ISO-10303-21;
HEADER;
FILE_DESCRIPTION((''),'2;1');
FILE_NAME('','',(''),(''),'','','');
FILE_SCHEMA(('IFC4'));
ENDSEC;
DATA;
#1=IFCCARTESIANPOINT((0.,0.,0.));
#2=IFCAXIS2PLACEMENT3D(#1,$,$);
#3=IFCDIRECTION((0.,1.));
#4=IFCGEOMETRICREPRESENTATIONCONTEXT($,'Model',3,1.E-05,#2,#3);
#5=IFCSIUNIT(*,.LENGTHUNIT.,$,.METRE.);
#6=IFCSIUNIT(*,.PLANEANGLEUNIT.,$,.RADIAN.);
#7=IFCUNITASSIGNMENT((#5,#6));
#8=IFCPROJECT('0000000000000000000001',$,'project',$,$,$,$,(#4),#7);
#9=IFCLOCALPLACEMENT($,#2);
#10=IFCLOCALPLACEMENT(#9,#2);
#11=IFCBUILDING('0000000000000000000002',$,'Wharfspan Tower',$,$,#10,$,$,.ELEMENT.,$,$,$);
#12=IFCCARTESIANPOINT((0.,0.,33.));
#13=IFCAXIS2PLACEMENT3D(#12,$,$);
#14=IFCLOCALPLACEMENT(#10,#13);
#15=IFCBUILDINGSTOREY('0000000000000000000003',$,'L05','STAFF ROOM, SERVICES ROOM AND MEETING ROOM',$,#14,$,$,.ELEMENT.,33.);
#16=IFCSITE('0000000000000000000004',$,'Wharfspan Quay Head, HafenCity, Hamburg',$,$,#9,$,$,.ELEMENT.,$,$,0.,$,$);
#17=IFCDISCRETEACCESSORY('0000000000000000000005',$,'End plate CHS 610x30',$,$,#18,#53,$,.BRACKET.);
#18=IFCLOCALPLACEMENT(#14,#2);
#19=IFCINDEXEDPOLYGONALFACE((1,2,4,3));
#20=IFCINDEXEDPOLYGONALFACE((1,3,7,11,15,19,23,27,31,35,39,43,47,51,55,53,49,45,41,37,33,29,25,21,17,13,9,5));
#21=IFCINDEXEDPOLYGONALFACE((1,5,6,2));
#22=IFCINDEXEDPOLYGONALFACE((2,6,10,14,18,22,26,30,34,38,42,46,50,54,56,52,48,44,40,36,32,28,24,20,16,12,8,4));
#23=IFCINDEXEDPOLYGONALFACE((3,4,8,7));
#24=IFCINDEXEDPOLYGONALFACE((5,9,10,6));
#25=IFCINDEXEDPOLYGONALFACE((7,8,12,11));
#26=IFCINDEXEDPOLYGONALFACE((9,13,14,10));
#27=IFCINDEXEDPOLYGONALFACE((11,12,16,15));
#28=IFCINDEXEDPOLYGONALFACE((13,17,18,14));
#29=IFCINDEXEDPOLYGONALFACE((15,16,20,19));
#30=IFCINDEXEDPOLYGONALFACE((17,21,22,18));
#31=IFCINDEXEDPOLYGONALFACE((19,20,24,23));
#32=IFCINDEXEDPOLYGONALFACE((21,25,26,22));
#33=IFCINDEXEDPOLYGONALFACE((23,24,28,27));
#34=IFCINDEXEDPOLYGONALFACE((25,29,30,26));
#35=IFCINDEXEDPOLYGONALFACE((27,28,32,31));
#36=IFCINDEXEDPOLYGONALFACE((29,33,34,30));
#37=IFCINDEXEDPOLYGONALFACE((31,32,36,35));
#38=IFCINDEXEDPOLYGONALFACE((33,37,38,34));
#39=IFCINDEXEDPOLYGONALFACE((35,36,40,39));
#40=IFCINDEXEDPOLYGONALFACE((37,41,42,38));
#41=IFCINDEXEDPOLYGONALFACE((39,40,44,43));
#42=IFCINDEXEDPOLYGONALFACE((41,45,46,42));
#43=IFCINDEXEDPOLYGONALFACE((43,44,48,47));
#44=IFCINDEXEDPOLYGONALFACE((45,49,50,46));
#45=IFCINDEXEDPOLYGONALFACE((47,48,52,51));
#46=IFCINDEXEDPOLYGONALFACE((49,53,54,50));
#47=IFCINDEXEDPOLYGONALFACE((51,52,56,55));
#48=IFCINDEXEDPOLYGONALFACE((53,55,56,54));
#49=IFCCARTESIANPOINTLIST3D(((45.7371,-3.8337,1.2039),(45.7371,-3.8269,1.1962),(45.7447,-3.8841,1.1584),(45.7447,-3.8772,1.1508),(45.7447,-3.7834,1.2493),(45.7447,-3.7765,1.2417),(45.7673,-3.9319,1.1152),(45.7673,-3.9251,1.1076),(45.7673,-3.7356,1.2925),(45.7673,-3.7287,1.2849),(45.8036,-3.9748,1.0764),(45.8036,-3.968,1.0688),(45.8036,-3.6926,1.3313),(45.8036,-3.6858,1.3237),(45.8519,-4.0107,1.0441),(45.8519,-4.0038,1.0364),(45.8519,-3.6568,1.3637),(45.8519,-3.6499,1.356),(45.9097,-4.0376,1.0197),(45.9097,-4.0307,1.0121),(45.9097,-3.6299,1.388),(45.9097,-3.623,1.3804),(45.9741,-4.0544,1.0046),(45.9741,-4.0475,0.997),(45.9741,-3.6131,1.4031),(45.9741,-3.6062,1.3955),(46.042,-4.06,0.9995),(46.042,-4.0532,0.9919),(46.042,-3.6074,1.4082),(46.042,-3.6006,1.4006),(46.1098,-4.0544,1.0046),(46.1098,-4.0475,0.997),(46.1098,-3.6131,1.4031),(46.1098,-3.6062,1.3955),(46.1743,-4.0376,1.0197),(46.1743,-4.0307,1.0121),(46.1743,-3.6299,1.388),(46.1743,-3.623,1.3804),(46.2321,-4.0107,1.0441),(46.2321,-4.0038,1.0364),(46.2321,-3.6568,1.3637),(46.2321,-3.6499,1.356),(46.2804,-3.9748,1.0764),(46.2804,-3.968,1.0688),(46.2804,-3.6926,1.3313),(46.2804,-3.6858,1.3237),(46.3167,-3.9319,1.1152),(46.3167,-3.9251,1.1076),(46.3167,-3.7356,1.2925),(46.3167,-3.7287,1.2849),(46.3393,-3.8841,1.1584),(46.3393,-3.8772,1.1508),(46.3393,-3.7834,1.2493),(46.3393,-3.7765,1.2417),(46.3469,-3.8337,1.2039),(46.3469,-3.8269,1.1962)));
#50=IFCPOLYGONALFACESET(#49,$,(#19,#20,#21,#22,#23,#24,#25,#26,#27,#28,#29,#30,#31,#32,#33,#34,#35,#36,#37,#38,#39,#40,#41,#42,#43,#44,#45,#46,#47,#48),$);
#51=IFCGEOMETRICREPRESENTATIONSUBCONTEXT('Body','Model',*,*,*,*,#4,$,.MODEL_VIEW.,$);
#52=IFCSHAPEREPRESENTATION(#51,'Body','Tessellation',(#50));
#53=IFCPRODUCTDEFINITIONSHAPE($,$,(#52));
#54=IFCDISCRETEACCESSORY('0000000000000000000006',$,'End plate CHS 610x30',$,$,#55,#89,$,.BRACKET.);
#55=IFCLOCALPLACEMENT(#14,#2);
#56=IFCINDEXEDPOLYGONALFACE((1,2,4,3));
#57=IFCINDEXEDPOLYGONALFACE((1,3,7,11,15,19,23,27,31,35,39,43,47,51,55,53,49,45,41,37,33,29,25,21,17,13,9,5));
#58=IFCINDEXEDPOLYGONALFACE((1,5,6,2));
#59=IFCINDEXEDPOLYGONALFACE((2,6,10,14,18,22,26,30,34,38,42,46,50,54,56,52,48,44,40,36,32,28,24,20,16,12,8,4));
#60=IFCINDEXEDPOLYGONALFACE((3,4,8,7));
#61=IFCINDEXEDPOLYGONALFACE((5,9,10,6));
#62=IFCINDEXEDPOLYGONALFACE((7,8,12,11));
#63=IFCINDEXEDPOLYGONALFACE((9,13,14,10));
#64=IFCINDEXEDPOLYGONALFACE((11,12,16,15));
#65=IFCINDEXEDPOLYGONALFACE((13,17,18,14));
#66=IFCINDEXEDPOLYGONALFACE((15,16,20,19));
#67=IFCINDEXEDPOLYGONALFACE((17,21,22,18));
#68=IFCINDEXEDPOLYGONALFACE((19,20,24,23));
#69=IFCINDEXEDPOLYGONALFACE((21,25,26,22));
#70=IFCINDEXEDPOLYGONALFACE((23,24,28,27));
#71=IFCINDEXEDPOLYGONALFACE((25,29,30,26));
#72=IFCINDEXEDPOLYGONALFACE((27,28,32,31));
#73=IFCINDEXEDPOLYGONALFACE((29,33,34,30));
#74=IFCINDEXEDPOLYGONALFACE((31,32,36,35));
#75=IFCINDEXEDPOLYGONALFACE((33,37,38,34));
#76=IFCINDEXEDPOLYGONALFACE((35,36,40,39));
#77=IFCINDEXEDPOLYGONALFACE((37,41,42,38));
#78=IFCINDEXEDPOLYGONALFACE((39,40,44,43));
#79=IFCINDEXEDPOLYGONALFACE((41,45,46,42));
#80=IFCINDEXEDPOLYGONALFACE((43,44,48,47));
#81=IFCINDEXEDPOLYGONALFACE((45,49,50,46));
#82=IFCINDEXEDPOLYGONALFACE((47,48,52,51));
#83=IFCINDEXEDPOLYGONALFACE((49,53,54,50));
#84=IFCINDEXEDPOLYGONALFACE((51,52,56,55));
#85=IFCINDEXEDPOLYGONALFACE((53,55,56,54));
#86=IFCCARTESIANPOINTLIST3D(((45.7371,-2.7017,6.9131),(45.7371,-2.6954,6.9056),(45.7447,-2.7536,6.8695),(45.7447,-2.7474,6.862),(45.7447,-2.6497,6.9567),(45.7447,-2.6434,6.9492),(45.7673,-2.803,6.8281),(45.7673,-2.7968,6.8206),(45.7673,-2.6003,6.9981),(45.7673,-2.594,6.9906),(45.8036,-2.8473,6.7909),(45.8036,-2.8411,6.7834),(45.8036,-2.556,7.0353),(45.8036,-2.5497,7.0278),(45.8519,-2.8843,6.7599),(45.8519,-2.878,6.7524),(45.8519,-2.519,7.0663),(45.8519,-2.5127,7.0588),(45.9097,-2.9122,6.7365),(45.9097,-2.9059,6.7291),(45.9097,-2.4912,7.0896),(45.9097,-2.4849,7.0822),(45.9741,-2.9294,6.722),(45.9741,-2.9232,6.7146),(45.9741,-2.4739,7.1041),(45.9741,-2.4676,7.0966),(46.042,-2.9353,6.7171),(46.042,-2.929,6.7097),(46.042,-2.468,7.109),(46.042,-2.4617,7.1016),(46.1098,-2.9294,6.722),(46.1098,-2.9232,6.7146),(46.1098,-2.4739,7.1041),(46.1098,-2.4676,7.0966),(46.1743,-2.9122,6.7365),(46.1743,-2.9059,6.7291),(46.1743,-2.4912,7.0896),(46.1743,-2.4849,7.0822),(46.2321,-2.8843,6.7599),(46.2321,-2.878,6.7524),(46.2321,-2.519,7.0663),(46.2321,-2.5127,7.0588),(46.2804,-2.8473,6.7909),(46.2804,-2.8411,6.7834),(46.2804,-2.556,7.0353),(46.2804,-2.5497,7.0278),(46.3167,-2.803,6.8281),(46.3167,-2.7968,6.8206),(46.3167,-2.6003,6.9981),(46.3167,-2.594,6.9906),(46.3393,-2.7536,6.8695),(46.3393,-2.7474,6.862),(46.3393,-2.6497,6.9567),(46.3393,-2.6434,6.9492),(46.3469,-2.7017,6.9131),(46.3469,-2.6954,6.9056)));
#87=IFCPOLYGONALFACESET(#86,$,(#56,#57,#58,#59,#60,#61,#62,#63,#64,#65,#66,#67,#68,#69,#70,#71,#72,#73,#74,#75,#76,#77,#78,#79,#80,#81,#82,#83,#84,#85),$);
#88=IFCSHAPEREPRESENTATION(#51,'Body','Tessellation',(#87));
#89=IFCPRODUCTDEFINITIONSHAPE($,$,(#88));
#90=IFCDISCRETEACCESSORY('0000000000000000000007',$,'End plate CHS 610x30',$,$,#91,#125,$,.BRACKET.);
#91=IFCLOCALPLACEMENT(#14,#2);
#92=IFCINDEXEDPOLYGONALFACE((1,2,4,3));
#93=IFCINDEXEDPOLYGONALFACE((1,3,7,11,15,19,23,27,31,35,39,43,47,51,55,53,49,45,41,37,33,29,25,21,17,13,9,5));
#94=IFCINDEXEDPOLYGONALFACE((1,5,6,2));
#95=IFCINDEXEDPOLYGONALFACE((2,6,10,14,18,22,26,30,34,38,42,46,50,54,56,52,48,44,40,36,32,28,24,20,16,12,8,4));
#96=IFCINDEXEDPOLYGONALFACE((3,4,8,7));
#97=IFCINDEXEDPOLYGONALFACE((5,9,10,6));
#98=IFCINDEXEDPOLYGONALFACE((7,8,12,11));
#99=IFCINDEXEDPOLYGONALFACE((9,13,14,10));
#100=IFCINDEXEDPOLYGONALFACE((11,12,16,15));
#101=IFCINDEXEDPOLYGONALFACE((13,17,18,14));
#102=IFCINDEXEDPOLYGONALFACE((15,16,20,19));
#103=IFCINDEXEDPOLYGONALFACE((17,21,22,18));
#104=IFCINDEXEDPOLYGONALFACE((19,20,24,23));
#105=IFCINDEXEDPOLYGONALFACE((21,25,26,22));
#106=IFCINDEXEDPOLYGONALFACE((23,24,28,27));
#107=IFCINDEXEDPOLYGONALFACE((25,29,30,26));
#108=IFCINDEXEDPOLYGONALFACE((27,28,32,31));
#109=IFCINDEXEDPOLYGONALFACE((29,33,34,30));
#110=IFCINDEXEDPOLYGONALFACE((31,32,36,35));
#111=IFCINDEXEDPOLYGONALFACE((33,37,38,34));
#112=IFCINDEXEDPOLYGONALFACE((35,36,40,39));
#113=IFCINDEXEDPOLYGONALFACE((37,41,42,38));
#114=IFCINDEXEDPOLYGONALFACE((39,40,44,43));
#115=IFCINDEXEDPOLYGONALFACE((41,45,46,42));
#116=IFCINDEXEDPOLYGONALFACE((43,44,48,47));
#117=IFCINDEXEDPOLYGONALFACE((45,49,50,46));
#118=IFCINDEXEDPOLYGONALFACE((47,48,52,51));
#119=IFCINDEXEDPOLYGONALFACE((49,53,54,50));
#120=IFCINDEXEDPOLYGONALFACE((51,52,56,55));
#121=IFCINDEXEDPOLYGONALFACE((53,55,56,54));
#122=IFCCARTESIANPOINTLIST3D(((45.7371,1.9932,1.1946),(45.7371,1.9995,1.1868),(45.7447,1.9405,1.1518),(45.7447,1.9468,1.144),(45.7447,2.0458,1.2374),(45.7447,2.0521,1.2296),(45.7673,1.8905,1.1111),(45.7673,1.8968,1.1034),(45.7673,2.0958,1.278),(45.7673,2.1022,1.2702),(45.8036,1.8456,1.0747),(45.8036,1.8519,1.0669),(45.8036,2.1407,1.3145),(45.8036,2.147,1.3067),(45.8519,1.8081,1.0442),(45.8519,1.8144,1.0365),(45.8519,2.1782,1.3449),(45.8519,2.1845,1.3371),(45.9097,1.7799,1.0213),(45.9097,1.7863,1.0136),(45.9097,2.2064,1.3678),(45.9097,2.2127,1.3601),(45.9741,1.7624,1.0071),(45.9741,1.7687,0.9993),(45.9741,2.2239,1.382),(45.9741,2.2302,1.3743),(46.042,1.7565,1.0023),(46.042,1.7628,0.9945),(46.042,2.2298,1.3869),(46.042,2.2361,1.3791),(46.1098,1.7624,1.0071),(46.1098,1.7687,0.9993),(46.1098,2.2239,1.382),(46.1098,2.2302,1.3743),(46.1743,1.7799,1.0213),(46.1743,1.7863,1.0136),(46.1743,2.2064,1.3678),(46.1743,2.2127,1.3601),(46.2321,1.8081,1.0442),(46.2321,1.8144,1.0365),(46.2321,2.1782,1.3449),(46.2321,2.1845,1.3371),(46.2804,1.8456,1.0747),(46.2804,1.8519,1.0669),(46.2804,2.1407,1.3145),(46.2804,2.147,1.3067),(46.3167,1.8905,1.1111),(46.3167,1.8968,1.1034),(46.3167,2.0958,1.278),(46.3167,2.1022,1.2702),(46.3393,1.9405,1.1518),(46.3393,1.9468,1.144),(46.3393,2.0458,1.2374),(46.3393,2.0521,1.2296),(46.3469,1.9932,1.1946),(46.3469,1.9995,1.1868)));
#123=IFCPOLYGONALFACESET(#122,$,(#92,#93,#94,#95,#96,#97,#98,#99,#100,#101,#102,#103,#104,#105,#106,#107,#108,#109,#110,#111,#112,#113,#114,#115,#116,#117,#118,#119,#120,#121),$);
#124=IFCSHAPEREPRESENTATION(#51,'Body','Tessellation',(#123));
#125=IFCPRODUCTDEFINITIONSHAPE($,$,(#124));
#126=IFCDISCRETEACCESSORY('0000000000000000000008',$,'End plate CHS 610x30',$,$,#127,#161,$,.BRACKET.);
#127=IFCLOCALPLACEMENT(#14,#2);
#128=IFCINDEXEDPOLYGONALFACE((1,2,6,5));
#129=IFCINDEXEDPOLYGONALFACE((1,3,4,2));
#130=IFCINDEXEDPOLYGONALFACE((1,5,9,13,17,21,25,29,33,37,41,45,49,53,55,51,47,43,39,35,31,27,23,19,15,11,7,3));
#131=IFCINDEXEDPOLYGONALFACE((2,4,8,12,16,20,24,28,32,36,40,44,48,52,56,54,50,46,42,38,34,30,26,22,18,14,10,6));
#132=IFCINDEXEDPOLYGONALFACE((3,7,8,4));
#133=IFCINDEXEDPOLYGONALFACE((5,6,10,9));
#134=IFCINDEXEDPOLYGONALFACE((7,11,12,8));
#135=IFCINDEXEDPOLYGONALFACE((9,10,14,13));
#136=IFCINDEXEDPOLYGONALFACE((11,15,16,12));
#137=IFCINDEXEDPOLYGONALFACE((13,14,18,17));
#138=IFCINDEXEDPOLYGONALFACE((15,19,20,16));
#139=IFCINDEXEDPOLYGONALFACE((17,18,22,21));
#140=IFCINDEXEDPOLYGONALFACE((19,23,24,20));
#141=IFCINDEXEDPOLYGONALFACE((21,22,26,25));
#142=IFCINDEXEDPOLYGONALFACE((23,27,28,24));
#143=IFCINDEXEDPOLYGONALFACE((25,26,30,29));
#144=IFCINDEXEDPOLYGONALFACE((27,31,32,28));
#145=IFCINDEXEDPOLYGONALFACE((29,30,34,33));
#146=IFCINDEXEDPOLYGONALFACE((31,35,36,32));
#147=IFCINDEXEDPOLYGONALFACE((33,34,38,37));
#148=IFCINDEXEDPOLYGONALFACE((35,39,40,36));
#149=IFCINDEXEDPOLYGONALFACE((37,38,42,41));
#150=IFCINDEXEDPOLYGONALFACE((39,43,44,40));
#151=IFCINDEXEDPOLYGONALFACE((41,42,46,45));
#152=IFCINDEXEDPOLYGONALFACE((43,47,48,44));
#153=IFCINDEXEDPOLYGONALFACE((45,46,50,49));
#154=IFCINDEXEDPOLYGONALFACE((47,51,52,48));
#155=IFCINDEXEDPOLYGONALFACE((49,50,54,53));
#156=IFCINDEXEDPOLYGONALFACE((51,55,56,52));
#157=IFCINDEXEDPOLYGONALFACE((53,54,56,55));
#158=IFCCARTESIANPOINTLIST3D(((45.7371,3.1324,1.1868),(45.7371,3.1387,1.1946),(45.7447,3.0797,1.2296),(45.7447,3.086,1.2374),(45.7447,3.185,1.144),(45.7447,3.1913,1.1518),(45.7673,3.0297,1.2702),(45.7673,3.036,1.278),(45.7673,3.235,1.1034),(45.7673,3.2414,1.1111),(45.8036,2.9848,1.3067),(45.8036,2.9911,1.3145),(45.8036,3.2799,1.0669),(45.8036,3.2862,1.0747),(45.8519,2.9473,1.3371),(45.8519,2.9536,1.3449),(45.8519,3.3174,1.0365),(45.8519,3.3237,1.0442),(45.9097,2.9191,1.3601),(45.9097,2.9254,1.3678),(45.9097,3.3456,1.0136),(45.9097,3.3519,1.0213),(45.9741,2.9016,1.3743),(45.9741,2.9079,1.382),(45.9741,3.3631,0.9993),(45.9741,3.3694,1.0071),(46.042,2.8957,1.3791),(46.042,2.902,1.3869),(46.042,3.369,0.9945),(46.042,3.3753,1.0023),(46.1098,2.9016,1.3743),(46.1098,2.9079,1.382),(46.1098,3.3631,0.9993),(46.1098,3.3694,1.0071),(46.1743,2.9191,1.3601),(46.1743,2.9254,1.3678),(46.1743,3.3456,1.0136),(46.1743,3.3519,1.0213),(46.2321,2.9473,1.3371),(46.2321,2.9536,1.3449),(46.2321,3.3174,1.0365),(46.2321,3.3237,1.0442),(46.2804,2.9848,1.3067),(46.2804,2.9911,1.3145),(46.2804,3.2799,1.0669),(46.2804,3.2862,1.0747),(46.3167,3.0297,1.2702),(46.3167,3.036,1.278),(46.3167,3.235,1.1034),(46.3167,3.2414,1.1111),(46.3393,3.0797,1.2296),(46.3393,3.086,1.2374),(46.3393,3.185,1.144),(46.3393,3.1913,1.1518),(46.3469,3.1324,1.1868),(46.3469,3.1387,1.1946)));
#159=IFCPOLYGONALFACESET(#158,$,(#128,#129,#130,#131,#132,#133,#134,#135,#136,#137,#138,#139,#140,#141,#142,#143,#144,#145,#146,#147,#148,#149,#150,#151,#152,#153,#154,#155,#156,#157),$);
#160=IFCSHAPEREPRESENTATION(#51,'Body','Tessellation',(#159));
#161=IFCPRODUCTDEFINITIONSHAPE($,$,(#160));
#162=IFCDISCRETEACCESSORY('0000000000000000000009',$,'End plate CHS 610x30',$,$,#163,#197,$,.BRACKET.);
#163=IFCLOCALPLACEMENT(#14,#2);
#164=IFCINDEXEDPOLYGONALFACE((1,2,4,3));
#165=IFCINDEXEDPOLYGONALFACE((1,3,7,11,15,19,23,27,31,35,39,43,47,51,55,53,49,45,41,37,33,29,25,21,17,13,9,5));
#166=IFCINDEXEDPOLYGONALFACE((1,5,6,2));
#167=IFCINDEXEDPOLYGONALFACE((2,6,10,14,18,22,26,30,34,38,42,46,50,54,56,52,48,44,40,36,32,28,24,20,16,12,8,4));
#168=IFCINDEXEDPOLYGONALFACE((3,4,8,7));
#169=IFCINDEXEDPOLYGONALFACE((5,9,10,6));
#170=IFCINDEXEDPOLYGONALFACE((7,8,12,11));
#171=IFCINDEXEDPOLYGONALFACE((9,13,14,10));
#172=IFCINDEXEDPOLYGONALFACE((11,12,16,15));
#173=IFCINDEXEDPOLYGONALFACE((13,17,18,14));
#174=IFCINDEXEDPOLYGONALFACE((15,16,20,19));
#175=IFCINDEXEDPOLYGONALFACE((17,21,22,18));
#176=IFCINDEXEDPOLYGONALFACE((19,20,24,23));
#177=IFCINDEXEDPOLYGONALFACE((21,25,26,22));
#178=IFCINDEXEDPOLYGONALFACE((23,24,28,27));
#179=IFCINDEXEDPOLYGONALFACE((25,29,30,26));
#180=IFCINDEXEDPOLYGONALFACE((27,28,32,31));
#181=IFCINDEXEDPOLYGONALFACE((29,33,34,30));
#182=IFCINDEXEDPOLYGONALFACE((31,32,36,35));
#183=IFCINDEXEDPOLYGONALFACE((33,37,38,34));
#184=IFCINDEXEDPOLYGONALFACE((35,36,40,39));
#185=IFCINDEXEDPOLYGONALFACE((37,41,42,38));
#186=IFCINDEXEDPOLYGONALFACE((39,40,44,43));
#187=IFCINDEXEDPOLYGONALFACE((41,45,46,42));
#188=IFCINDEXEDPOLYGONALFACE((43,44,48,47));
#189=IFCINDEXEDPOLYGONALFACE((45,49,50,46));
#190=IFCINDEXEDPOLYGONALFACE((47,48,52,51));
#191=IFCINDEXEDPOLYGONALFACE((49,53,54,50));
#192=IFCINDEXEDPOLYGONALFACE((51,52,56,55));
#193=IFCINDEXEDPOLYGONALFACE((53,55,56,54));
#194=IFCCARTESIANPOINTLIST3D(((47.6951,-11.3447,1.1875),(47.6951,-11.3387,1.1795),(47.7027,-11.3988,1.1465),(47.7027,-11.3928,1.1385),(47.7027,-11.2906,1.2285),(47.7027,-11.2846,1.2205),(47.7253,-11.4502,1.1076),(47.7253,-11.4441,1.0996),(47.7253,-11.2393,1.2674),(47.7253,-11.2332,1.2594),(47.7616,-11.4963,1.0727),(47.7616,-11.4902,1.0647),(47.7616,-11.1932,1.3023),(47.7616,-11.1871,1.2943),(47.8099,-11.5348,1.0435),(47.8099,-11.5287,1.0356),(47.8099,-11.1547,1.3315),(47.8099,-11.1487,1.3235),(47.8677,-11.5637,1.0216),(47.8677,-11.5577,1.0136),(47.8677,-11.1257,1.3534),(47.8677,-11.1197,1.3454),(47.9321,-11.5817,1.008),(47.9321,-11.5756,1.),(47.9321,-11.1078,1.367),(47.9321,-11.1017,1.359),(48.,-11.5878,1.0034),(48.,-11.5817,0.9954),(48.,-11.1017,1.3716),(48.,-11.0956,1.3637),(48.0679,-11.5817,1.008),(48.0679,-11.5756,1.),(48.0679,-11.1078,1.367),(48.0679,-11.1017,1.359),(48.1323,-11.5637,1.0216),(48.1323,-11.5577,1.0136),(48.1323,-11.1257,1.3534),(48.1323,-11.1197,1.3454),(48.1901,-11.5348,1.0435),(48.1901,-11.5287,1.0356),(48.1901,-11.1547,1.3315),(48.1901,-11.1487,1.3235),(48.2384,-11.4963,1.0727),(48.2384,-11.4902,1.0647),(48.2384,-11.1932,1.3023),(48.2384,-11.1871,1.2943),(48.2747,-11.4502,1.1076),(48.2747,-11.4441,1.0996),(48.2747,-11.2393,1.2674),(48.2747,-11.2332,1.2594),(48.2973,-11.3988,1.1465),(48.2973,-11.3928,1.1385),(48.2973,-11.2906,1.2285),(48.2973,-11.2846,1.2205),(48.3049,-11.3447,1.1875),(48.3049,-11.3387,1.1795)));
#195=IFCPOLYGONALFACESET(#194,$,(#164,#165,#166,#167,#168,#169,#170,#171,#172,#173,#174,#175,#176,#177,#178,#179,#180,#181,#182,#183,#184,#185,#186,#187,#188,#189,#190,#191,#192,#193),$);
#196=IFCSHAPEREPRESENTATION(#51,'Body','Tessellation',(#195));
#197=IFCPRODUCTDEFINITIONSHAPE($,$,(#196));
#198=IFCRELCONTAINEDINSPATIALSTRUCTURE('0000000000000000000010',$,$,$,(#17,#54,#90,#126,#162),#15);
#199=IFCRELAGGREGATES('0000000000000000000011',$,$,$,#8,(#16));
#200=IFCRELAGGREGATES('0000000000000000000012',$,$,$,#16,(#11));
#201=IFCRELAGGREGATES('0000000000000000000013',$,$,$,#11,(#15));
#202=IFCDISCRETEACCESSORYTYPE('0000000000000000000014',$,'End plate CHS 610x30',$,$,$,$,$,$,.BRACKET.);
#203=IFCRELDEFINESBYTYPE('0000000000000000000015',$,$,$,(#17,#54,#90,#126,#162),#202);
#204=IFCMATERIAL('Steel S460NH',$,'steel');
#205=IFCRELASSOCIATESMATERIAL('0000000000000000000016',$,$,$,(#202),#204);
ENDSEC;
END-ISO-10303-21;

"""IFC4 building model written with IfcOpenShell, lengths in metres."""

from ifc_helpers import new_model, si_unit, direction, frame, origin, origin_2d, place, context, subcontext, project, spatial, circle, extrude, material, material_profile, profile_set, type_object, element, save


model = new_model("IFC4")

# Units and contexts
model_context = context("Model", 3, precision=1e-05, world=origin(), true_north=direction((0.0, 1.0)))
body_context = subcontext(model_context, "Body", "Model", "MODEL_VIEW")
ifc_project = project(units=[si_unit("LENGTHUNIT", "METRE"), si_unit("PLANEANGLEUNIT", "RADIAN")], contexts=[model_context])

# Site, building, storey
site_placement = place(None, origin())
site = spatial("IfcSite", under=ifc_project, at=site_placement, Name="Wharfspan Quay Head, HafenCity, Hamburg", CompositionType="ELEMENT", RefElevation=0.0)
building_placement = place(site_placement, origin())
building = spatial("IfcBuilding", under=site, at=building_placement, Name="Wharfspan Tower", CompositionType="ELEMENT")
storey_placement = place(building_placement, frame((0.0, 0.0, 33.0)))
storey = spatial("IfcBuildingStorey", under=building, at=storey_placement, Name="L05", Description="STAFF ROOM, SERVICES ROOM AND MEETING ROOM", CompositionType="ELEMENT", Elevation=33.0)

# Shared definitions
ifc_material_1 = material(Name="Steel S460NH", Category="steel")

# Discrete accessories
ifc_material_profile_1 = material_profile(ifc_material_1, circle(Radius=0.3049, at=origin_2d()))
ifc_profile_set_1 = profile_set([ifc_material_profile_1], Name="Steel S460NH")
discrete_accessory_type_1 = type_object("IfcDiscreteAccessoryType", Name="End plate CHS 610x30", PredefinedType="BRACKET", material=ifc_profile_set_1)
discrete_accessory_1_placement = place(storey_placement, frame((46.042, -3.8337, 1.2039), z_axis=(0.0, 0.670286, -0.742103), x_axis=(-1.0, 0.0, 0.0)))
element("IfcDiscreteAccessory", 1, at=discrete_accessory_1_placement, inside=storey, type_object=discrete_accessory_type_1, Name="End plate CHS 610x30", PredefinedType="BRACKET", context=body_context, shape_type="SweptSolid", body=[
    extrude(circle(Radius=0.3049, at=origin_2d()), origin(), (0.0, 0.0, 1.0), 0.0103),
])
discrete_accessory_2_placement = place(storey_placement, frame((46.042, -2.7017, 6.9131), z_axis=(0.0, 0.642612, -0.766192), x_axis=(-1.0, 0.0, 0.0)))
element("IfcDiscreteAccessory", 2, at=discrete_accessory_2_placement, inside=storey, type_object=discrete_accessory_type_1, Name="End plate CHS 610x30", PredefinedType="BRACKET", context=body_context, shape_type="SweptSolid", body=[
    extrude(circle(Radius=0.3049, at=origin_2d()), origin(), (0.0, 0.0, 1.0), 0.0098),
])
for number, where, z_axis, x_axis, name in (
    (3, (46.042, 1.9932, 1.1946), (0.0, 0.630593, -0.776114), (-1.0, 0.0, 0.0), "End plate CHS 610x30"),
    (4, (46.042, 3.1387, 1.1946), (0.0, -0.630593, -0.776114), (1.0, 0.0, 0.0), "End plate CHS 610x30"),
    (5, (48.0, -11.3447, 1.1875), (0.0, 0.603858, -0.797092), (-1.0, 0.0, 0.0), "End plate CHS 610x30"),
):
    element("IfcDiscreteAccessory", number, at=place(storey_placement, frame(where, z_axis=z_axis, x_axis=x_axis)), inside=storey, type_object=discrete_accessory_type_1, Name=name, PredefinedType="BRACKET", context=body_context, shape_type="SweptSolid", body=[
        extrude(circle(Radius=0.3049, at=origin_2d()), origin(), (0.0, 0.0, 1.0), 0.01),
    ])

save(model, "model.ifc")
